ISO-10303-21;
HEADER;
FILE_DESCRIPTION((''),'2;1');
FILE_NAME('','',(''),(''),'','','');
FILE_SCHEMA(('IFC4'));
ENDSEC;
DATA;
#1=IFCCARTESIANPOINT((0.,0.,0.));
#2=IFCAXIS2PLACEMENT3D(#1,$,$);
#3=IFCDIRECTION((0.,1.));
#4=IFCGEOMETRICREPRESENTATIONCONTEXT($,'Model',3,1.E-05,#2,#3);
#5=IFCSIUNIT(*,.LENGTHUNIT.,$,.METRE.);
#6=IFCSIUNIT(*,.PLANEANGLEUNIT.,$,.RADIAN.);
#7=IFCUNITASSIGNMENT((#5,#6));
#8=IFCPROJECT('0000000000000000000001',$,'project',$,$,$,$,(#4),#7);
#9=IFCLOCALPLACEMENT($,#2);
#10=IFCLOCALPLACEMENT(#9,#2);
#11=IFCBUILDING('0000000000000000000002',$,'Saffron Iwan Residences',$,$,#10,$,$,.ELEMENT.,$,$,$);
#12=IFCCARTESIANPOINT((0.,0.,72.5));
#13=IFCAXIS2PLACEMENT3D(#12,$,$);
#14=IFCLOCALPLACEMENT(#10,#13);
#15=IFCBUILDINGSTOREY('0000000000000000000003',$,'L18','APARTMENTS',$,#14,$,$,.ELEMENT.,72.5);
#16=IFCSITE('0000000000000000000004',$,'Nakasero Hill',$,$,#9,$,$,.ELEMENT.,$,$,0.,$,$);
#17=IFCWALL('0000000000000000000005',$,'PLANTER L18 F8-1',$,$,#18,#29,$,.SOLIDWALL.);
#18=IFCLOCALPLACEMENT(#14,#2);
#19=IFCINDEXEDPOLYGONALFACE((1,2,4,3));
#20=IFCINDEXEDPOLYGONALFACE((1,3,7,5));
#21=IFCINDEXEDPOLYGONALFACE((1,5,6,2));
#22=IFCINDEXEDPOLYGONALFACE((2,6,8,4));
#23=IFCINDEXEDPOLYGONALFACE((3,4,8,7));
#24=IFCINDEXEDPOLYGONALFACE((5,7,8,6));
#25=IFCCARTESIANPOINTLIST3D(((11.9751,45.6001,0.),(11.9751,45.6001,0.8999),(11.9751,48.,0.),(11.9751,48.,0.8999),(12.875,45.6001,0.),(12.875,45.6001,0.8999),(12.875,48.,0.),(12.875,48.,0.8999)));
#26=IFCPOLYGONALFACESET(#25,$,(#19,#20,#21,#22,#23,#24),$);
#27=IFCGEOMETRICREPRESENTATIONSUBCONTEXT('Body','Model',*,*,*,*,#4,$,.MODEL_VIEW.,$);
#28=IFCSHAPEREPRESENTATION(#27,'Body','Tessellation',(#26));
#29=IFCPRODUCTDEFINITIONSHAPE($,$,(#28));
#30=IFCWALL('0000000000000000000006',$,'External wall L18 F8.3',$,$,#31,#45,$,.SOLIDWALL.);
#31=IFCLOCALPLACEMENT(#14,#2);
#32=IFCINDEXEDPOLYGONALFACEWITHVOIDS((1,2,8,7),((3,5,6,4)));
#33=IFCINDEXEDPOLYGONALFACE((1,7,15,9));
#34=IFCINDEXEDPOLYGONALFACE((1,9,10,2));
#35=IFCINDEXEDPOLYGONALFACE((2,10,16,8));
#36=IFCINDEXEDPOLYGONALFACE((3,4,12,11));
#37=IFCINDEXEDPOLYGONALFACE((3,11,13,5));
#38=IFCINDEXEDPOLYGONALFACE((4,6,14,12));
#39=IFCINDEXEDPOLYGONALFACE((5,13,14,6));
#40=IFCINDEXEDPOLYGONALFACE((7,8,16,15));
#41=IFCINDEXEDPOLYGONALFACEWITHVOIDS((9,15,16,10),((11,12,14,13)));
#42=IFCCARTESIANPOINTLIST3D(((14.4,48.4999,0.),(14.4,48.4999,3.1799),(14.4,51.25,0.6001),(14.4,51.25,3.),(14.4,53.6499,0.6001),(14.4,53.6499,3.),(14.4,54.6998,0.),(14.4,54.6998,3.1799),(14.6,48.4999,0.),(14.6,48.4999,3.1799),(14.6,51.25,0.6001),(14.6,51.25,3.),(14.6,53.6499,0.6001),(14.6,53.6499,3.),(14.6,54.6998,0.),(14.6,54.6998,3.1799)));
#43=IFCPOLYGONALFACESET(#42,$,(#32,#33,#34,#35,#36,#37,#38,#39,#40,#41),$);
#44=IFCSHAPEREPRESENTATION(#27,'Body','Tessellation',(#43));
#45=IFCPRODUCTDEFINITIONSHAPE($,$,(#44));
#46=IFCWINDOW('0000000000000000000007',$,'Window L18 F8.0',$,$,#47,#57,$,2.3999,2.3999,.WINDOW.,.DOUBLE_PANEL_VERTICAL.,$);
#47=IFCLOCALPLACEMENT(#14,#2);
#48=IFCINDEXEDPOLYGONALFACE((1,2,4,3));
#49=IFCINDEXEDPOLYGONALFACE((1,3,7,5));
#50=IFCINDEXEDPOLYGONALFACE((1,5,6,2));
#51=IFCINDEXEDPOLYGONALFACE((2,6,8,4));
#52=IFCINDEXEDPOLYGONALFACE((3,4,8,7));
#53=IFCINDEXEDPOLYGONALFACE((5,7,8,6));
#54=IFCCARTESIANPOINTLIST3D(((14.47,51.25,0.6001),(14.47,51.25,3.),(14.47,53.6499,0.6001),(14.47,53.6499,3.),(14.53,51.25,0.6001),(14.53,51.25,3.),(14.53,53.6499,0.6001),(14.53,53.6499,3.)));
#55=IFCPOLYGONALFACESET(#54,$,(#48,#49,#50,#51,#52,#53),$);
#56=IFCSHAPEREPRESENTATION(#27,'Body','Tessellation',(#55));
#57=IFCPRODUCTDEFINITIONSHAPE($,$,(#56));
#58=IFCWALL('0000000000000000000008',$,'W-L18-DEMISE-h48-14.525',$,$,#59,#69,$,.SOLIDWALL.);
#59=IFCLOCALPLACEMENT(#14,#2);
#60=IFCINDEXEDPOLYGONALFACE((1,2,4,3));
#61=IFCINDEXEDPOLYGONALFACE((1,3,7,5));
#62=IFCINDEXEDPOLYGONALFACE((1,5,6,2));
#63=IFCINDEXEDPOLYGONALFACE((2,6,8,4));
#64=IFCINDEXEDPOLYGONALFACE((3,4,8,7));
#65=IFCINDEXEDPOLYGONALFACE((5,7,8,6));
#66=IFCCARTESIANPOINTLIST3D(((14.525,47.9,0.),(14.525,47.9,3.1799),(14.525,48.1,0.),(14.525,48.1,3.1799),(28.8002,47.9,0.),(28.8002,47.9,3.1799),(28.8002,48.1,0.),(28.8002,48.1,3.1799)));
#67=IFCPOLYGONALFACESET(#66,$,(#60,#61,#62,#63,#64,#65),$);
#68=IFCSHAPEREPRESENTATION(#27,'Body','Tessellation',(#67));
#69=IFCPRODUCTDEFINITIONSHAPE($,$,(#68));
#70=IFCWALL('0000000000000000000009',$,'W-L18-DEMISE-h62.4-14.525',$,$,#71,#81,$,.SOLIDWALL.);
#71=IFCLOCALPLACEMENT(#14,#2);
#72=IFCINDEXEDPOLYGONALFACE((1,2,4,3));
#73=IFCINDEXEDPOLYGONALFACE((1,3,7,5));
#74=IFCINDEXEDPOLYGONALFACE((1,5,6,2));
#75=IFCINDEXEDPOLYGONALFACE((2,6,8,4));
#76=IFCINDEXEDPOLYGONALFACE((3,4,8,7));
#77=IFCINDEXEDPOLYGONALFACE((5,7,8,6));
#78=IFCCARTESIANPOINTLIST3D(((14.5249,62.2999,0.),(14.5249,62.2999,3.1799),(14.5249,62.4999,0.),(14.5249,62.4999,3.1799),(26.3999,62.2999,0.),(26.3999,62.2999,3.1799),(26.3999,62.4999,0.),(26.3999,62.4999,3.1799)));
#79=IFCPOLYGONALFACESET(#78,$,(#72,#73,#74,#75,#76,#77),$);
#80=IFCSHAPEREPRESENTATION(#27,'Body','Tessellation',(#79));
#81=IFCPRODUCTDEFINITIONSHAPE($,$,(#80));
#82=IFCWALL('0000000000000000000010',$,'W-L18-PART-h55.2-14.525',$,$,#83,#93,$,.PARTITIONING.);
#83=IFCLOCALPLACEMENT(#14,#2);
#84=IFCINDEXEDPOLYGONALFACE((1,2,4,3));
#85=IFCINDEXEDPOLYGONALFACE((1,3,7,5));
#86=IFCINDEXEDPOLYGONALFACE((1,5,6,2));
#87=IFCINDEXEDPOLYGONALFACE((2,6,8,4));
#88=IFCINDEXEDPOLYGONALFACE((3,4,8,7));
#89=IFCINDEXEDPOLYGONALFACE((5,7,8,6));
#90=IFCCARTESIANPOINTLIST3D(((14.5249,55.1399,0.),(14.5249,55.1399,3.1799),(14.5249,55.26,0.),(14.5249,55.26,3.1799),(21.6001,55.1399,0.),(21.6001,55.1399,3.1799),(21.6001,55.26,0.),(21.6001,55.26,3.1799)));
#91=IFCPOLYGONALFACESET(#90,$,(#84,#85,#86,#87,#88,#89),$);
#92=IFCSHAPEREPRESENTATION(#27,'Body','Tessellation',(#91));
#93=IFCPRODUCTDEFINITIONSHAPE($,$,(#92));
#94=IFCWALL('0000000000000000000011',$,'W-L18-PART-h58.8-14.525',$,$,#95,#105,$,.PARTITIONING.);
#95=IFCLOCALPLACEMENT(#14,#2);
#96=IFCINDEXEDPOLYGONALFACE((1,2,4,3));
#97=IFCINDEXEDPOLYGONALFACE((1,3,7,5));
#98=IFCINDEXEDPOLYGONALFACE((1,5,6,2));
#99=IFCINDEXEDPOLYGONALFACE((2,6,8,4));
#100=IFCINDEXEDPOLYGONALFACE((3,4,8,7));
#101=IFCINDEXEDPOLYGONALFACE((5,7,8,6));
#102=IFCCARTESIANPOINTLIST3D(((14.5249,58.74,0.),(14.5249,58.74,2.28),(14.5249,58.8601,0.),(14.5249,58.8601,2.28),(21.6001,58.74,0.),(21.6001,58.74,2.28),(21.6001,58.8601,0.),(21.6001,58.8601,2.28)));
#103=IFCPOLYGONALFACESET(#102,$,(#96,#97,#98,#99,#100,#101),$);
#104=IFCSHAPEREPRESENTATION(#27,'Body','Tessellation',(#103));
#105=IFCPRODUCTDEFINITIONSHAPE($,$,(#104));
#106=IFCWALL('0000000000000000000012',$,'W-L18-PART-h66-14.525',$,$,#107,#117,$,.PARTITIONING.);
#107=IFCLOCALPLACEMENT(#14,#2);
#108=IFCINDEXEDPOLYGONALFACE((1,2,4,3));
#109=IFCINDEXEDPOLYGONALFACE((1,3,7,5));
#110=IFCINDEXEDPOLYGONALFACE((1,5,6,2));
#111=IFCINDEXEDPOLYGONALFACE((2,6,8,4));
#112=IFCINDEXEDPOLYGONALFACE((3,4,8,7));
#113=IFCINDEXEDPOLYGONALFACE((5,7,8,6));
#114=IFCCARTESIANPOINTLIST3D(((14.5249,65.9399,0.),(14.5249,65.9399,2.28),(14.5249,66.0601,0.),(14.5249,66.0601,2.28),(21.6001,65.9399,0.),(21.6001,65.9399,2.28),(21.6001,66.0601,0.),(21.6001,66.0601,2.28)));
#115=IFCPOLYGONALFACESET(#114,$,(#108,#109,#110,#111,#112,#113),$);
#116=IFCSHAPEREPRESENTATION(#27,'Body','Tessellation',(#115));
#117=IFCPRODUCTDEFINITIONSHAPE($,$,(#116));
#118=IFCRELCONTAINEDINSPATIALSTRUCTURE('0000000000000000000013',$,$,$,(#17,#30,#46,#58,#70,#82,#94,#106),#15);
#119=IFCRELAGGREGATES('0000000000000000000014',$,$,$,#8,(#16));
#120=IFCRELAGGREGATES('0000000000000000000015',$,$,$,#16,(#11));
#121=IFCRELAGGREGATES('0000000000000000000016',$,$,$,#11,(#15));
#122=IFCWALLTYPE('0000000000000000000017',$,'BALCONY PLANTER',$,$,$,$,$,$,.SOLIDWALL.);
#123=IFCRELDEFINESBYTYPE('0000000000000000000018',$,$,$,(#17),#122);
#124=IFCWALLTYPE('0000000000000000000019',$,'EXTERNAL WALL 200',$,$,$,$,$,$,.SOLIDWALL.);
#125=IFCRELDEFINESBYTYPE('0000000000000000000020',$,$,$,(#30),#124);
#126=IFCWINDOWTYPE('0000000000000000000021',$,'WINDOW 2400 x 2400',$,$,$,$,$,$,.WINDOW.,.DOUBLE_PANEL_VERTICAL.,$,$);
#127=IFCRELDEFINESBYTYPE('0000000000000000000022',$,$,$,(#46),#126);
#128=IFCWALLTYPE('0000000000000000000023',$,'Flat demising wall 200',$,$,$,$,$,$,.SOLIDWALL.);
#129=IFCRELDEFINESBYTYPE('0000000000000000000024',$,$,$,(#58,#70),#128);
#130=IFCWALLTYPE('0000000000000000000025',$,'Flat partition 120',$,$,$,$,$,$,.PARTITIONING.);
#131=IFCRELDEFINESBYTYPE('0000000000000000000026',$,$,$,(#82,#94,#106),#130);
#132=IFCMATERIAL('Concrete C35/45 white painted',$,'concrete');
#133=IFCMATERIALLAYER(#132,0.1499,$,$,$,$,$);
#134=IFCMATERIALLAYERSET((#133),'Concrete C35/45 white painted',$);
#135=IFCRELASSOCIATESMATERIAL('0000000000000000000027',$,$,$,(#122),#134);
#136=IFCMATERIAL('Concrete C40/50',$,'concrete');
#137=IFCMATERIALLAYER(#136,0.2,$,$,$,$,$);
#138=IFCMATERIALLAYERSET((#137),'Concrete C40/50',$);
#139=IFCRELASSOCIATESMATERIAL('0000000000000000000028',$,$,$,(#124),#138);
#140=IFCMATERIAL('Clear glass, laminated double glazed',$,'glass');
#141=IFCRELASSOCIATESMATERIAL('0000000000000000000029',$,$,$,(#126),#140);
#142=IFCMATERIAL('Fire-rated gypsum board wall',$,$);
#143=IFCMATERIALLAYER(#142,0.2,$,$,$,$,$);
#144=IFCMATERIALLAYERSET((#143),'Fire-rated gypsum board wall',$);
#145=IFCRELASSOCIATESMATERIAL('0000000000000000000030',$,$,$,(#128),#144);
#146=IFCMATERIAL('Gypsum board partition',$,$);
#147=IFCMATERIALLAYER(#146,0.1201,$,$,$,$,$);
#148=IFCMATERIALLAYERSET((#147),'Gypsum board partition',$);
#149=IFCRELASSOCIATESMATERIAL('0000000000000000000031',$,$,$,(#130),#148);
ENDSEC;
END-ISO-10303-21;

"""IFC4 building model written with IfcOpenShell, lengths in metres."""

from ifc_helpers import new_model, si_unit, direction, frame, frame_2d, origin, place, context, subcontext, project, spatial, rectangle, extrude, material, layer, layer_set, type_object, element, fill, save


model = new_model("IFC4")

# Units and contexts
model_context = context("Model", 3, precision=1e-05, world=origin(), true_north=direction((0.0, 1.0)))
body_context = subcontext(model_context, "Body", "Model", "MODEL_VIEW")
ifc_project = project(units=[si_unit("LENGTHUNIT", "METRE"), si_unit("PLANEANGLEUNIT", "RADIAN")], contexts=[model_context])

# Site, building, storey
site_placement = place(None, origin())
site = spatial("IfcSite", under=ifc_project, at=site_placement, Name="Nakasero Hill", CompositionType="ELEMENT", RefElevation=0.0)
building_placement = place(site_placement, origin())
building = spatial("IfcBuilding", under=site, at=building_placement, Name="Saffron Iwan Residences", CompositionType="ELEMENT")
storey_placement = place(building_placement, frame((0.0, 0.0, 72.5)))
storey = spatial("IfcBuildingStorey", under=building, at=storey_placement, Name="L18", Description="APARTMENTS", CompositionType="ELEMENT", Elevation=72.5)

# Wall
ifc_material_1 = material(Name="Concrete C35/45 white painted", Category="concrete")
ifc_layer_1 = layer(ifc_material_1, 0.1499)
ifc_layer_set_1 = layer_set([ifc_layer_1], Name="Concrete C35/45 white painted")
wall_type_1 = type_object("IfcWallType", Name="BALCONY PLANTER", PredefinedType="SOLIDWALL", material=ifc_layer_set_1)
for number, where, z_axis, x_axis, name in (
    (1, (12.425, 48.0, 0.0), (0.0, 0.0, 1.0), (0.0, -1.0, 0.0), "PLANTER L18 F8-1"),
):
    element("IfcWall", number, at=place(storey_placement, frame(where, z_axis=z_axis, x_axis=x_axis)), inside=storey, type_object=wall_type_1, Name=name, PredefinedType="SOLIDWALL", context=body_context, shape_type="SweptSolid", body=[
        extrude(rectangle(XDim=2.3999, YDim=0.8999, at=frame_2d((1.2, 0.0))), origin(), (0.0, 0.0, 1.0), 0.8999),
    ])

# Shared definitions
ifc_material_2 = material(Name="Concrete C40/50", Category="concrete")
ifc_layer_2 = layer(ifc_material_2, 0.2)
ifc_layer_set_2 = layer_set([ifc_layer_2], Name="Concrete C40/50")
wall_type_2 = type_object("IfcWallType", Name="EXTERNAL WALL 200", PredefinedType="SOLIDWALL", material=ifc_layer_set_2)
ifc_material_3 = material(Name="Clear glass, laminated double glazed", Category="glass")

# Wall, opening, window
wall_1_placement = place(storey_placement, frame((14.5, 54.7, 0.0), z_axis=(0.0, 0.0, 1.0), x_axis=(0.0, -1.0, 0.0)))
wall_1 = element("IfcWall", 2, at=wall_1_placement, inside=storey, type_object=wall_type_2, Name="External wall L18 F8.3", PredefinedType="SOLIDWALL", context=body_context, shape_type="SweptSolid", body=[
    extrude(rectangle(XDim=6.2, YDim=0.2, at=frame_2d((3.1001, 0.0))), origin(), (0.0, 0.0, 1.0), 3.1799),
])
opening_1_placement = place(wall_1_placement, frame((1.05, 0.0, 0.6001)))
opening_1 = element("IfcOpeningElement", 3, at=opening_1_placement, cuts=wall_1, PredefinedType="OPENING", context=body_context, shape_type="SweptSolid", body=[
    extrude(rectangle(XDim=2.3999, YDim=2.3999, at=frame_2d((1.2, 1.2))), frame((0.0, 0.1099, 0.0), z_axis=(0.0, -1.0, 0.0), x_axis=(1.0, 0.0, 0.0)), (0.0, 0.0, 1.0), 0.22),
])
window_type_1 = type_object("IfcWindowType", Name="WINDOW 2400 x 2400", PartitioningType="DOUBLE_PANEL_VERTICAL", PredefinedType="WINDOW", material=ifc_material_3)
window_1_placement = place(opening_1_placement, origin())
window_1 = element("IfcWindow", 4, at=window_1_placement, inside=storey, type_object=window_type_1, Name="Window L18 F8.0", OverallHeight=2.3999, OverallWidth=2.3999, PartitioningType="DOUBLE_PANEL_VERTICAL", PredefinedType="WINDOW", context=body_context, shape_type="SweptSolid", body=[
    extrude(rectangle(XDim=2.3999, YDim=2.3999, at=frame_2d((1.2, 1.2))), frame((0.0, 0.03, 0.0), z_axis=(0.0, -1.0, 0.0), x_axis=(1.0, 0.0, 0.0)), (0.0, 0.0, 1.0), 0.0601),
])
fill(opening_1, window_1)

# Walls
ifc_material_4 = material(Name="Fire-rated gypsum board wall")
ifc_layer_3 = layer(ifc_material_4, 0.2)
ifc_layer_set_3 = layer_set([ifc_layer_3], Name="Fire-rated gypsum board wall")
wall_type_3 = type_object("IfcWallType", Name="Flat demising wall 200", PredefinedType="SOLIDWALL", material=ifc_layer_set_3)
wall_2_placement = place(storey_placement, frame((14.5249, 48.0, 0.0), z_axis=(0.0, 0.0, 1.0), x_axis=(1.0, 0.0, 0.0)))
element("IfcWall", 5, at=wall_2_placement, inside=storey, type_object=wall_type_3, Name="W-L18-DEMISE-h48-14.525", PredefinedType="SOLIDWALL", context=body_context, shape_type="SweptSolid", body=[
    extrude(rectangle(XDim=14.2751, YDim=0.2, at=frame_2d((7.1377, 0.0))), origin(), (0.0, 0.0, 1.0), 3.1799),
])
wall_3_placement = place(storey_placement, frame((14.5249, 62.3999, 0.0), z_axis=(0.0, 0.0, 1.0), x_axis=(1.0, 0.0, 0.0)))
element("IfcWall", 6, at=wall_3_placement, inside=storey, type_object=wall_type_3, Name="W-L18-DEMISE-h62.4-14.525", PredefinedType="SOLIDWALL", context=body_context, shape_type="SweptSolid", body=[
    extrude(rectangle(XDim=11.875, YDim=0.2, at=frame_2d((5.9375, 0.0))), origin(), (0.0, 0.0, 1.0), 3.1799),
])
ifc_material_5 = material(Name="Gypsum board partition")
ifc_layer_4 = layer(ifc_material_5, 0.1201)
ifc_layer_set_4 = layer_set([ifc_layer_4], Name="Gypsum board partition")
wall_type_4 = type_object("IfcWallType", Name="Flat partition 120", PredefinedType="PARTITIONING", material=ifc_layer_set_4)
wall_4_placement = place(storey_placement, frame((14.5249, 55.2, 0.0), z_axis=(0.0, 0.0, 1.0), x_axis=(1.0, 0.0, 0.0)))
element("IfcWall", 7, at=wall_4_placement, inside=storey, type_object=wall_type_4, Name="W-L18-PART-h55.2-14.525", PredefinedType="PARTITIONING", context=body_context, shape_type="SweptSolid", body=[
    extrude(rectangle(XDim=7.0752, YDim=0.1201, at=frame_2d((3.5376, 0.0))), origin(), (0.0, 0.0, 1.0), 3.1799),
])
for number, where, z_axis, x_axis, name in (
    (8, (14.5249, 58.8, 0.0), (0.0, 0.0, 1.0), (1.0, 0.0, 0.0), "W-L18-PART-h58.8-14.525"),
    (9, (14.5249, 66.0, 0.0), (0.0, 0.0, 1.0), (1.0, 0.0, 0.0), "W-L18-PART-h66-14.525"),
):
    element("IfcWall", number, at=place(storey_placement, frame(where, z_axis=z_axis, x_axis=x_axis)), inside=storey, type_object=wall_type_4, Name=name, PredefinedType="PARTITIONING", context=body_context, shape_type="SweptSolid", body=[
        extrude(rectangle(XDim=7.0752, YDim=0.1201, at=frame_2d((3.5376, 0.0))), origin(), (0.0, 0.0, 1.0), 2.28),
    ])

save(model, "model.ifc")
